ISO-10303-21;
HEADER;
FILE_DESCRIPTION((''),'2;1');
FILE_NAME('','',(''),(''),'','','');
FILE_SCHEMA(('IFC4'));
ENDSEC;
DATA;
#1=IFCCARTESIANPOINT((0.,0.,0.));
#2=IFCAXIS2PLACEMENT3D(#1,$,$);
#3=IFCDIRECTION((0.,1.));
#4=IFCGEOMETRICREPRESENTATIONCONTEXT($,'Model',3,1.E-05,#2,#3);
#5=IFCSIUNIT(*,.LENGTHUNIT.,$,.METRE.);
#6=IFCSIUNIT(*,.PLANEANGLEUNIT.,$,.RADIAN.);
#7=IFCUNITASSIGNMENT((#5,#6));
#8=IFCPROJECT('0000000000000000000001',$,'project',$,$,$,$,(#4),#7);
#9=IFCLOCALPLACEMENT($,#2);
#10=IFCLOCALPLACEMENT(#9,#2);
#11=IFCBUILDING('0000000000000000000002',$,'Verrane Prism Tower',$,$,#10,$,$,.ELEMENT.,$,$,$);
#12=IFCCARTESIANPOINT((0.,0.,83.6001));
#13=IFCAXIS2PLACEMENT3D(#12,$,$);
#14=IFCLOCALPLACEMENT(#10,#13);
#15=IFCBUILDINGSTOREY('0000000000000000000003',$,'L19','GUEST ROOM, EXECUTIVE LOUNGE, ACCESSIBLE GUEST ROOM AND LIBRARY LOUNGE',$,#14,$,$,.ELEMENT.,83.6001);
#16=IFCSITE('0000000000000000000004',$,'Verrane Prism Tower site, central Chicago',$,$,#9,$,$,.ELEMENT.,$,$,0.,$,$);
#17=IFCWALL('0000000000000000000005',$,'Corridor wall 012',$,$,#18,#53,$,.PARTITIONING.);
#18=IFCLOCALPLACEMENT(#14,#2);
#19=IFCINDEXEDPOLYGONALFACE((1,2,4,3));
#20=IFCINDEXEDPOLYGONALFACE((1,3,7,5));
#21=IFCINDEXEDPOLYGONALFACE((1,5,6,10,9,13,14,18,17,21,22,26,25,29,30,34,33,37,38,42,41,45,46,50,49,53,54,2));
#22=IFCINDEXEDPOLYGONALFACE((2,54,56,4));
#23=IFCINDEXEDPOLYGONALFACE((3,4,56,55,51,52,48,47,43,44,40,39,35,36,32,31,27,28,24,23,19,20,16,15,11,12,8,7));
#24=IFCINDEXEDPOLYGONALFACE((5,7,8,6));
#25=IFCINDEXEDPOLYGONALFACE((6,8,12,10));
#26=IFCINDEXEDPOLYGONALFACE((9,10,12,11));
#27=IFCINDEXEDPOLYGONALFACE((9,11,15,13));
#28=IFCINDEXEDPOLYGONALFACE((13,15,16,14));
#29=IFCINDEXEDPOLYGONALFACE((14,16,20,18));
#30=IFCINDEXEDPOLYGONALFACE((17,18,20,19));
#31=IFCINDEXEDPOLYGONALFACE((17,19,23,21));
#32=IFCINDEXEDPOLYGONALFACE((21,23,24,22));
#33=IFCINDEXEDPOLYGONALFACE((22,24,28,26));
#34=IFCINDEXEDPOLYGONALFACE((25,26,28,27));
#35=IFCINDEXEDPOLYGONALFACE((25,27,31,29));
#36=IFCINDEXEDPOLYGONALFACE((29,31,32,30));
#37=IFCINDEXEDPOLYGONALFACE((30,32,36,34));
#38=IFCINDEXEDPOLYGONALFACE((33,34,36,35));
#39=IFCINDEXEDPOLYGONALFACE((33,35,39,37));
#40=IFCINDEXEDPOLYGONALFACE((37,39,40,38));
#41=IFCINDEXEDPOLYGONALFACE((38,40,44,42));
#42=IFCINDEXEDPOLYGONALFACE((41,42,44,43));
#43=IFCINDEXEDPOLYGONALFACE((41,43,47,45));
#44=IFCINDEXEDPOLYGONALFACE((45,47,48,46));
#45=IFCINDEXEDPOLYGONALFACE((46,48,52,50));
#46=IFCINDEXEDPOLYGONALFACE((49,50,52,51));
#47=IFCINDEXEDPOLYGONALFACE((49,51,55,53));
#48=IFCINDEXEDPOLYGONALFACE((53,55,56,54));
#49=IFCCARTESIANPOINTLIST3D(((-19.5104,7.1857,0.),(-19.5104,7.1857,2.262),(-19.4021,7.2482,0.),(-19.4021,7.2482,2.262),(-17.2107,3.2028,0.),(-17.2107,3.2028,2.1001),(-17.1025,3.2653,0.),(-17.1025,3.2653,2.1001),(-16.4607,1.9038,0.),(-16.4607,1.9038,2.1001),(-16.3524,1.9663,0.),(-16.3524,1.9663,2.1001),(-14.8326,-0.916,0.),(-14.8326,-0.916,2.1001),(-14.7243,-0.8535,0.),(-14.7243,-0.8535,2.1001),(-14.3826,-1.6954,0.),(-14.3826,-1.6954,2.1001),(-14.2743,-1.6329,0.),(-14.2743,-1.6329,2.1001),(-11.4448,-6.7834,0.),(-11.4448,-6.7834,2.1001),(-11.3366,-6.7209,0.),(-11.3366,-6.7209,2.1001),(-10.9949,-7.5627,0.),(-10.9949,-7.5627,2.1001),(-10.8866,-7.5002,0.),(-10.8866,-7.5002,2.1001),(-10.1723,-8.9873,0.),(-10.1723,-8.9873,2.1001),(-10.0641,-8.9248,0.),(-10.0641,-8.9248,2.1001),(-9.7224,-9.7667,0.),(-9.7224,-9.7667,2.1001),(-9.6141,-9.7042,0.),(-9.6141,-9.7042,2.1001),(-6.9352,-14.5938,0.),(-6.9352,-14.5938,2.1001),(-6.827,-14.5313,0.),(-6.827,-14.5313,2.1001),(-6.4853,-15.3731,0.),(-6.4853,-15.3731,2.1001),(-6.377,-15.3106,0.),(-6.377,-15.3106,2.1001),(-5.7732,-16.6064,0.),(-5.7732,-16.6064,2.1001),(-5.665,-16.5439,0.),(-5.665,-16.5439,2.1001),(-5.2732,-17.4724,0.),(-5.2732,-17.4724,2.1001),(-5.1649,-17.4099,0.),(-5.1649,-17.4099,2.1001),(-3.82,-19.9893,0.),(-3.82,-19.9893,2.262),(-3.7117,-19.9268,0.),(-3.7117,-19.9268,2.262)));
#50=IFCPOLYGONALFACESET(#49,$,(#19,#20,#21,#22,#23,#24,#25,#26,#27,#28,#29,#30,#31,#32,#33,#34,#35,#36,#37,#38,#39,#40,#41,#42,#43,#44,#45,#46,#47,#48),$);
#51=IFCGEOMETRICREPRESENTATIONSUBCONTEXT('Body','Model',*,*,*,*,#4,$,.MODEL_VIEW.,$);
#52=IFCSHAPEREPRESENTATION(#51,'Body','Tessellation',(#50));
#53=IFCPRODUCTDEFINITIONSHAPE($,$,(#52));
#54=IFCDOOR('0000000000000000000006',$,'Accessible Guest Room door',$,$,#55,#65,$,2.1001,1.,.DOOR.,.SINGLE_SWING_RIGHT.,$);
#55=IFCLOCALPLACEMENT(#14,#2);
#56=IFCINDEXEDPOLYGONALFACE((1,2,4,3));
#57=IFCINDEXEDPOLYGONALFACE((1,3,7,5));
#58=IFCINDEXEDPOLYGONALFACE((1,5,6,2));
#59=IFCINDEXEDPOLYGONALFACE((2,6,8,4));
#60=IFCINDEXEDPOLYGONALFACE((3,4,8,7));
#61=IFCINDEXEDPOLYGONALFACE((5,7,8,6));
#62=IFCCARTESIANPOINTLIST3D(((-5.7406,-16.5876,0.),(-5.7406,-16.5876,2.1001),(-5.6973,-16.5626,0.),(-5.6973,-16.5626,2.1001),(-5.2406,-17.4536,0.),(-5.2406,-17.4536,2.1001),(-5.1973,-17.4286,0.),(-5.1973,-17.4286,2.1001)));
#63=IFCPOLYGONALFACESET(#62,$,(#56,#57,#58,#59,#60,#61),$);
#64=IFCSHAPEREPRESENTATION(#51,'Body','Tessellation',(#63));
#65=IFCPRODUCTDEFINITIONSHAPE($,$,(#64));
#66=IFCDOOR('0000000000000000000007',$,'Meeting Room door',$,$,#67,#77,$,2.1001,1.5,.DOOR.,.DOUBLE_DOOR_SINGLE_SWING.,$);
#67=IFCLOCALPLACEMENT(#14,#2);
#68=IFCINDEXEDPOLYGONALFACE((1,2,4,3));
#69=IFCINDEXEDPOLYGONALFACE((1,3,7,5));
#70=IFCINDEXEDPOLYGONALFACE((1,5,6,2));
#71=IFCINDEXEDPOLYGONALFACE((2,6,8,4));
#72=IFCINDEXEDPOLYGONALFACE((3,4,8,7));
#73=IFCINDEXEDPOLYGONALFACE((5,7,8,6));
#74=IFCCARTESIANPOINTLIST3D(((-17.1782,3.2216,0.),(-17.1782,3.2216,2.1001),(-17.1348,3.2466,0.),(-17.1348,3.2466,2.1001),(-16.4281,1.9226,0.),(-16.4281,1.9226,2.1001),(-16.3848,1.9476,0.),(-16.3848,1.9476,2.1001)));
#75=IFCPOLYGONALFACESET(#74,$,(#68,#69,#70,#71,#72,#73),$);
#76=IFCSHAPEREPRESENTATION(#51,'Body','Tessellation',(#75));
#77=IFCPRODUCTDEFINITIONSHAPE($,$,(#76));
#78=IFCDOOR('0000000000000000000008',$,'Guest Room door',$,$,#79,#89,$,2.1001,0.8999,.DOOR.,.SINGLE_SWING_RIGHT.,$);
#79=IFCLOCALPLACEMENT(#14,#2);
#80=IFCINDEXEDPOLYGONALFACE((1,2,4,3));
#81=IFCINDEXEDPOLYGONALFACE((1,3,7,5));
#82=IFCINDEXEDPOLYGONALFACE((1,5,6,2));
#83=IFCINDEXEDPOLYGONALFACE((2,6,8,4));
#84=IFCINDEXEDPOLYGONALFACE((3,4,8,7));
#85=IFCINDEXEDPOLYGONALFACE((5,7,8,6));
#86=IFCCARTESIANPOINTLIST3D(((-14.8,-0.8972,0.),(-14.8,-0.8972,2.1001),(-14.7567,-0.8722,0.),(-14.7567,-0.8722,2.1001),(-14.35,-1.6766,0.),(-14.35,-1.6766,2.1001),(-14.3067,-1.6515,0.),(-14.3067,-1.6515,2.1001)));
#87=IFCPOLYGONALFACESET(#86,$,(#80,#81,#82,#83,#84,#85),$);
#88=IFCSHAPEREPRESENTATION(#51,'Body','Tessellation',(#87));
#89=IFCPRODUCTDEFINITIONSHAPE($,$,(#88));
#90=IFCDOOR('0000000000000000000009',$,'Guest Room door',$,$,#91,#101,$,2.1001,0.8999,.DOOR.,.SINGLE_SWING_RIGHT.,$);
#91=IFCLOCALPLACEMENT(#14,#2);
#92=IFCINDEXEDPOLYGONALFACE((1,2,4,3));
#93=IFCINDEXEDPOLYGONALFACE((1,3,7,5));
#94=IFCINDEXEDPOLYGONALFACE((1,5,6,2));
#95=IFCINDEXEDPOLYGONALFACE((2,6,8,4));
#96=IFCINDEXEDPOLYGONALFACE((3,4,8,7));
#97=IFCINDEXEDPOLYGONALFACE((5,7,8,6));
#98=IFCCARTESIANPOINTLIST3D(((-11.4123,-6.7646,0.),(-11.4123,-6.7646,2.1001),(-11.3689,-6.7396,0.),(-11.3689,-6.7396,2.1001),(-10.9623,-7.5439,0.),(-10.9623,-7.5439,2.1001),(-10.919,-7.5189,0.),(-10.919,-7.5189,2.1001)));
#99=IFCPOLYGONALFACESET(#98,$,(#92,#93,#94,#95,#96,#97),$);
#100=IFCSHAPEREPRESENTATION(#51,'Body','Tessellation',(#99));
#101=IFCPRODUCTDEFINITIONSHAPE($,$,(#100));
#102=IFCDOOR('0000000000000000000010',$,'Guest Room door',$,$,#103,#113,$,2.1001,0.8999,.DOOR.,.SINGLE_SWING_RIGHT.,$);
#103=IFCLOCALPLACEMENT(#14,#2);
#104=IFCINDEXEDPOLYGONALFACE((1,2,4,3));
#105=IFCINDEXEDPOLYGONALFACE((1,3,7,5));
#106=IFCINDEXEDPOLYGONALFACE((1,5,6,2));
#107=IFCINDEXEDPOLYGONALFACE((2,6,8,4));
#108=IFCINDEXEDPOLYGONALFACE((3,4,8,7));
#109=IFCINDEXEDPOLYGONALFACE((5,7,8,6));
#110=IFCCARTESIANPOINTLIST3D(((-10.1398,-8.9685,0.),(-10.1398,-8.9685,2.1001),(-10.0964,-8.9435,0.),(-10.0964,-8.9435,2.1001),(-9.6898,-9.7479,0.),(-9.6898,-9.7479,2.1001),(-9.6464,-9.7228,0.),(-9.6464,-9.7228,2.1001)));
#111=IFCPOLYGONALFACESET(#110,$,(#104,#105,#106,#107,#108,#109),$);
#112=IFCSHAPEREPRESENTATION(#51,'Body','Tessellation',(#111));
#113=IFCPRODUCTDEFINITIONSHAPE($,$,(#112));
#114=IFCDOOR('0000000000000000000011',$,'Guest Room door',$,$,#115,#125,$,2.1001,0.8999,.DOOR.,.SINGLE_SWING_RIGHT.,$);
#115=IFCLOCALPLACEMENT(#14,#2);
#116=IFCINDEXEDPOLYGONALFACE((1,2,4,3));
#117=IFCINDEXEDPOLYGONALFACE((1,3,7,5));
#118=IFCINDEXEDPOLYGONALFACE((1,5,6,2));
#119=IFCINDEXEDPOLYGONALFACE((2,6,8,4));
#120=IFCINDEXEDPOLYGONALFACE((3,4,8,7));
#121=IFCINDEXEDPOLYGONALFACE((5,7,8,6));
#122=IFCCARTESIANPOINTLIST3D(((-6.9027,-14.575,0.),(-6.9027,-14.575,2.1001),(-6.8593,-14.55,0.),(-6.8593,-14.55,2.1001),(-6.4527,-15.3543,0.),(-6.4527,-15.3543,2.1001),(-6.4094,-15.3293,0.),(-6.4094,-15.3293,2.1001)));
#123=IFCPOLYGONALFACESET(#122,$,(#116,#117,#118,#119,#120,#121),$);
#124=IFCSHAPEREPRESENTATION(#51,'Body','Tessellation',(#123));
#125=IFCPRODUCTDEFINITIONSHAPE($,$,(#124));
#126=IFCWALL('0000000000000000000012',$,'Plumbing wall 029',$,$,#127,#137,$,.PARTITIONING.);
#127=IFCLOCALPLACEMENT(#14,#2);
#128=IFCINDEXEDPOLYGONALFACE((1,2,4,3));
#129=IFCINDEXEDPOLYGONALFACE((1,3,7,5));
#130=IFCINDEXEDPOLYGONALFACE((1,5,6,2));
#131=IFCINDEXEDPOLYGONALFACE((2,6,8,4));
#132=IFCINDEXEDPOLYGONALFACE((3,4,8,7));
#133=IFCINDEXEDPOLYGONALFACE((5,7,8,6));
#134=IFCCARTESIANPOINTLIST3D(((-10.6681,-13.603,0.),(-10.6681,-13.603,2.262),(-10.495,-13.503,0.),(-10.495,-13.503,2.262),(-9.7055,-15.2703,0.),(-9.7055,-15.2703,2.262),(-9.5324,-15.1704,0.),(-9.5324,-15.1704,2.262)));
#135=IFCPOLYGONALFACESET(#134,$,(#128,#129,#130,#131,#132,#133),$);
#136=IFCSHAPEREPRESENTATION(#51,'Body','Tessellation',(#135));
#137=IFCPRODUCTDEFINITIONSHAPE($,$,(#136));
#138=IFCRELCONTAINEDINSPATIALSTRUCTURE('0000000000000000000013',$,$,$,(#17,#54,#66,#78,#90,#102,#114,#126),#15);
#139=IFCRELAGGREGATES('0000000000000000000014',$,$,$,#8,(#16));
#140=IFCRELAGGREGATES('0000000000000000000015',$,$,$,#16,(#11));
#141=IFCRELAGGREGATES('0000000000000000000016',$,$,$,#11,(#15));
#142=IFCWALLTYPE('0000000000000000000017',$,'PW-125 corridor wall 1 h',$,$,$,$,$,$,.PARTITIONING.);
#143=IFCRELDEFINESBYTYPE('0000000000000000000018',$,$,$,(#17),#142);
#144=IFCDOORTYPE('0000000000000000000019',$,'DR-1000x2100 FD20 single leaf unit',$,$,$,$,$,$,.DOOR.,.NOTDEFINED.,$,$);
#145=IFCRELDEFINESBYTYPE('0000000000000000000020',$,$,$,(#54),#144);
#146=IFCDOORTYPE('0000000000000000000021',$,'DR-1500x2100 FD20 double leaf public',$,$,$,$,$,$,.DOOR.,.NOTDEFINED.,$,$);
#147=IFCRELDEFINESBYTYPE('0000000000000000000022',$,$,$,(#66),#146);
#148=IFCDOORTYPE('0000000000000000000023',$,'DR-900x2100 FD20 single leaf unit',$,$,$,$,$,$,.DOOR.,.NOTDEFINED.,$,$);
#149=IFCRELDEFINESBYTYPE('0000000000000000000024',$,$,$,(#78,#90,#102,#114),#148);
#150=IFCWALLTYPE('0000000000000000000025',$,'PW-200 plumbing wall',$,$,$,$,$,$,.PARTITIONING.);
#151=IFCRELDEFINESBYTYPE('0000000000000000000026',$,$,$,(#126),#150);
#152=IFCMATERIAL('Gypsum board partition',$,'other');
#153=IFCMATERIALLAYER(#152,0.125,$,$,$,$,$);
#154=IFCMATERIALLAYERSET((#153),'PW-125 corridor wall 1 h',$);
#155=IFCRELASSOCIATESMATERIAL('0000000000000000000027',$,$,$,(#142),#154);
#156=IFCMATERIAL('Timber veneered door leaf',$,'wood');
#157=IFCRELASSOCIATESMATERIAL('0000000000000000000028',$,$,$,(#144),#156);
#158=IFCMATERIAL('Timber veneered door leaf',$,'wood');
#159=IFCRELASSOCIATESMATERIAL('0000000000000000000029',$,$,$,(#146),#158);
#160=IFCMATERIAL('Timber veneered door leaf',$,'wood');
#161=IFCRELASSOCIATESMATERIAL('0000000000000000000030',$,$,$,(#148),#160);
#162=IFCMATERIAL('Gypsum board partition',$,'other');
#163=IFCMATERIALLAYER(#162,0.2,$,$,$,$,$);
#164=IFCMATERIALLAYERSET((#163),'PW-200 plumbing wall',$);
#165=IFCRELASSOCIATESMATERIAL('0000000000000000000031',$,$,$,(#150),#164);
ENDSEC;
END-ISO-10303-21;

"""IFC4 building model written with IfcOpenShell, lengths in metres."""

from ifc_helpers import new_model, si_unit, direction, frame, frame_2d, origin, place, context, subcontext, project, spatial, rectangle, extrude, material, layer, layer_set, type_object, element, fill, save


model = new_model("IFC4")

# Units and contexts
model_context = context("Model", 3, precision=1e-05, world=origin(), true_north=direction((0.0, 1.0)))
body_context = subcontext(model_context, "Body", "Model", "MODEL_VIEW")
ifc_project = project(units=[si_unit("LENGTHUNIT", "METRE"), si_unit("PLANEANGLEUNIT", "RADIAN")], contexts=[model_context])

# Site, building, storey
site_placement = place(None, origin())
site = spatial("IfcSite", under=ifc_project, at=site_placement, Name="Verrane Prism Tower site, central Chicago", CompositionType="ELEMENT", RefElevation=0.0)
building_placement = place(site_placement, origin())
building = spatial("IfcBuilding", under=site, at=building_placement, Name="Verrane Prism Tower", CompositionType="ELEMENT")
storey_placement = place(building_placement, frame((0.0, 0.0, 83.6001)))
storey = spatial("IfcBuildingStorey", under=building, at=storey_placement, Name="L19", Description="GUEST ROOM, EXECUTIVE LOUNGE, ACCESSIBLE GUEST ROOM AND LIBRARY LOUNGE", CompositionType="ELEMENT", Elevation=83.6001)

# Wall, openings, doors
ifc_material_1 = material(Name="Gypsum board partition", Category="other")
ifc_layer_1 = layer(ifc_material_1, 0.125)
ifc_layer_set_1 = layer_set([ifc_layer_1], Name="PW-125 corridor wall 1 h")
wall_type_1 = type_object("IfcWallType", Name="PW-125 corridor wall 1 h", PredefinedType="PARTITIONING", material=ifc_layer_set_1)
wall_1_placement = place(storey_placement, frame((-3.7659, -19.958, 0.0), z_axis=(0.0, 0.0, 1.0), x_axis=(-0.500022, 0.866013, 0.0)))
wall_1 = element("IfcWall", 1, at=wall_1_placement, inside=storey, type_object=wall_type_1, Name="Corridor wall 012", PredefinedType="PARTITIONING", context=body_context, shape_type="SweptSolid", body=[
    extrude(rectangle(XDim=31.3794, YDim=0.125, at=frame_2d((15.6897, 0.0))), origin(), (0.0, 0.0, 1.0), 2.262),
])
opening_1_placement = place(wall_1_placement, frame((25.2803, 0.0, 0.0)))
opening_1 = element("IfcOpeningElement", 2, at=opening_1_placement, cuts=wall_1, PredefinedType="OPENING", context=body_context, shape_type="SweptSolid", body=[
    extrude(rectangle(XDim=1.5, YDim=2.1001, at=frame_2d((0.75, 1.05))), frame((0.0, 0.0725, 0.0), z_axis=(0.0, -1.0, 0.0), x_axis=(1.0, 0.0, 0.0)), (0.0, 0.0, 1.0), 0.145),
])
opening_2_placement = place(wall_1_placement, frame((21.1243, 0.0, 0.0)))
opening_2 = element("IfcOpeningElement", 3, at=opening_2_placement, cuts=wall_1, PredefinedType="OPENING", context=body_context, shape_type="SweptSolid", body=[
    extrude(rectangle(XDim=0.8999, YDim=2.1001, at=frame_2d((0.45, 1.05))), frame((0.0, 0.0725, 0.0), z_axis=(0.0, -1.0, 0.0), x_axis=(1.0, 0.0, 0.0)), (0.0, 0.0, 1.0), 0.145),
])
opening_3_placement = place(wall_1_placement, frame((14.3491, 0.0, 0.0)))
opening_3 = element("IfcOpeningElement", 4, at=opening_3_placement, cuts=wall_1, PredefinedType="OPENING", context=body_context, shape_type="SweptSolid", body=[
    extrude(rectangle(XDim=0.8999, YDim=2.1001, at=frame_2d((0.45, 1.05))), frame((0.0, 0.0725, 0.0), z_axis=(0.0, -1.0, 0.0), x_axis=(1.0, 0.0, 0.0)), (0.0, 0.0, 1.0), 0.145),
])
opening_4_placement = place(wall_1_placement, frame((11.8042, 0.0, 0.0)))
opening_4 = element("IfcOpeningElement", 5, at=opening_4_placement, cuts=wall_1, PredefinedType="OPENING", context=body_context, shape_type="SweptSolid", body=[
    extrude(rectangle(XDim=0.8999, YDim=2.1001, at=frame_2d((0.45, 1.05))), frame((0.0, 0.0725, 0.0), z_axis=(0.0, -1.0, 0.0), x_axis=(1.0, 0.0, 0.0)), (0.0, 0.0, 1.0), 0.145),
])
opening_5_placement = place(wall_1_placement, frame((5.3303, 0.0, 0.0)))
opening_5 = element("IfcOpeningElement", 6, at=opening_5_placement, cuts=wall_1, PredefinedType="OPENING", context=body_context, shape_type="SweptSolid", body=[
    extrude(rectangle(XDim=0.8999, YDim=2.1001, at=frame_2d((0.45, 1.05))), frame((0.0, 0.0725, 0.0), z_axis=(0.0, -1.0, 0.0), x_axis=(1.0, 0.0, 0.0)), (0.0, 0.0, 1.0), 0.145),
])
opening_6_placement = place(wall_1_placement, frame((2.9062, 0.0, 0.0)))
opening_6 = element("IfcOpeningElement", 7, at=opening_6_placement, cuts=wall_1, PredefinedType="OPENING", context=body_context, shape_type="SweptSolid", body=[
    extrude(rectangle(XDim=1.0, YDim=2.1001, at=frame_2d((0.5, 1.05))), frame((0.0, 0.0725, 0.0), z_axis=(0.0, -1.0, 0.0), x_axis=(1.0, 0.0, 0.0)), (0.0, 0.0, 1.0), 0.145),
])
ifc_material_2 = material(Name="Timber veneered door leaf", Category="wood")
door_type_1 = type_object("IfcDoorType", Name="DR-1000x2100 FD20 single leaf unit", OperationType="NOTDEFINED", PredefinedType="DOOR", material=ifc_material_2)
door_1_placement = place(opening_6_placement, origin())
door_1 = element("IfcDoor", 8, at=door_1_placement, inside=storey, type_object=door_type_1, Name="Accessible Guest Room door", OperationType="SINGLE_SWING_RIGHT", OverallHeight=2.1001, OverallWidth=1.0, PredefinedType="DOOR", context=body_context, shape_type="SweptSolid", body=[
    extrude(rectangle(XDim=1.0, YDim=2.1001, at=frame_2d((0.5, 1.05))), frame((0.0, 0.0249, 0.0), z_axis=(0.0, -1.0, 0.0), x_axis=(1.0, 0.0, 0.0)), (0.0, 0.0, 1.0), 0.05),
])
fill(opening_6, door_1)
ifc_material_3 = material(Name="Timber veneered door leaf", Category="wood")
door_type_2 = type_object("IfcDoorType", Name="DR-1500x2100 FD20 double leaf public", OperationType="NOTDEFINED", PredefinedType="DOOR", material=ifc_material_3)
door_2_placement = place(opening_1_placement, origin())
door_2 = element("IfcDoor", 9, at=door_2_placement, inside=storey, type_object=door_type_2, Name="Meeting Room door", OperationType="DOUBLE_DOOR_SINGLE_SWING", OverallHeight=2.1001, OverallWidth=1.5, PredefinedType="DOOR", context=body_context, shape_type="SweptSolid", body=[
    extrude(rectangle(XDim=1.5, YDim=2.1001, at=frame_2d((0.75, 1.05))), frame((0.0, 0.0249, 0.0), z_axis=(0.0, -1.0, 0.0), x_axis=(1.0, 0.0, 0.0)), (0.0, 0.0, 1.0), 0.05),
])
fill(opening_1, door_2)
ifc_material_4 = material(Name="Timber veneered door leaf", Category="wood")
door_type_3 = type_object("IfcDoorType", Name="DR-900x2100 FD20 single leaf unit", OperationType="NOTDEFINED", PredefinedType="DOOR", material=ifc_material_4)
door_3_placement = place(opening_2_placement, origin())
door_3 = element("IfcDoor", 10, at=door_3_placement, inside=storey, type_object=door_type_3, Name="Guest Room door", OperationType="SINGLE_SWING_RIGHT", OverallHeight=2.1001, OverallWidth=0.8999, PredefinedType="DOOR", context=body_context, shape_type="SweptSolid", body=[
    extrude(rectangle(XDim=0.8999, YDim=2.1001, at=frame_2d((0.45, 1.05))), frame((0.0, 0.0249, 0.0), z_axis=(0.0, -1.0, 0.0), x_axis=(1.0, 0.0, 0.0)), (0.0, 0.0, 1.0), 0.05),
])
fill(opening_2, door_3)
door_4_placement = place(opening_3_placement, origin())
door_4 = element("IfcDoor", 11, at=door_4_placement, inside=storey, type_object=door_type_3, Name="Guest Room door", OperationType="SINGLE_SWING_RIGHT", OverallHeight=2.1001, OverallWidth=0.8999, PredefinedType="DOOR", context=body_context, shape_type="SweptSolid", body=[
    extrude(rectangle(XDim=0.8999, YDim=2.1001, at=frame_2d((0.45, 1.05))), frame((0.0, 0.0249, 0.0), z_axis=(0.0, -1.0, 0.0), x_axis=(1.0, 0.0, 0.0)), (0.0, 0.0, 1.0), 0.05),
])
fill(opening_3, door_4)
door_5_placement = place(opening_4_placement, origin())
door_5 = element("IfcDoor", 12, at=door_5_placement, inside=storey, type_object=door_type_3, Name="Guest Room door", OperationType="SINGLE_SWING_RIGHT", OverallHeight=2.1001, OverallWidth=0.8999, PredefinedType="DOOR", context=body_context, shape_type="SweptSolid", body=[
    extrude(rectangle(XDim=0.8999, YDim=2.1001, at=frame_2d((0.45, 1.05))), frame((0.0, 0.0249, 0.0), z_axis=(0.0, -1.0, 0.0), x_axis=(1.0, 0.0, 0.0)), (0.0, 0.0, 1.0), 0.05),
])
fill(opening_4, door_5)
door_6_placement = place(opening_5_placement, origin())
door_6 = element("IfcDoor", 13, at=door_6_placement, inside=storey, type_object=door_type_3, Name="Guest Room door", OperationType="SINGLE_SWING_RIGHT", OverallHeight=2.1001, OverallWidth=0.8999, PredefinedType="DOOR", context=body_context, shape_type="SweptSolid", body=[
    extrude(rectangle(XDim=0.8999, YDim=2.1001, at=frame_2d((0.45, 1.05))), frame((0.0, 0.0249, 0.0), z_axis=(0.0, -1.0, 0.0), x_axis=(1.0, 0.0, 0.0)), (0.0, 0.0, 1.0), 0.05),
])
fill(opening_5, door_6)

# Wall
ifc_material_5 = material(Name="Gypsum board partition", Category="other")
ifc_layer_2 = layer(ifc_material_5, 0.2)
ifc_layer_set_2 = layer_set([ifc_layer_2], Name="PW-200 plumbing wall")
wall_type_2 = type_object("IfcWallType", Name="PW-200 plumbing wall", PredefinedType="PARTITIONING", material=ifc_layer_set_2)
wall_2_placement = place(storey_placement, frame((-10.5815, -13.553, 0.0), z_axis=(0.0, 0.0, 1.0), x_axis=(0.499971, -0.866042, 0.0)))
element("IfcWall", 14, at=wall_2_placement, inside=storey, type_object=wall_type_2, Name="Plumbing wall 029", PredefinedType="PARTITIONING", context=body_context, shape_type="SweptSolid", body=[
    extrude(rectangle(XDim=1.9253, YDim=0.2, at=frame_2d((0.9626, 0.0))), origin(), (0.0, 0.0, 1.0), 2.262),
])

save(model, "model.ifc")
